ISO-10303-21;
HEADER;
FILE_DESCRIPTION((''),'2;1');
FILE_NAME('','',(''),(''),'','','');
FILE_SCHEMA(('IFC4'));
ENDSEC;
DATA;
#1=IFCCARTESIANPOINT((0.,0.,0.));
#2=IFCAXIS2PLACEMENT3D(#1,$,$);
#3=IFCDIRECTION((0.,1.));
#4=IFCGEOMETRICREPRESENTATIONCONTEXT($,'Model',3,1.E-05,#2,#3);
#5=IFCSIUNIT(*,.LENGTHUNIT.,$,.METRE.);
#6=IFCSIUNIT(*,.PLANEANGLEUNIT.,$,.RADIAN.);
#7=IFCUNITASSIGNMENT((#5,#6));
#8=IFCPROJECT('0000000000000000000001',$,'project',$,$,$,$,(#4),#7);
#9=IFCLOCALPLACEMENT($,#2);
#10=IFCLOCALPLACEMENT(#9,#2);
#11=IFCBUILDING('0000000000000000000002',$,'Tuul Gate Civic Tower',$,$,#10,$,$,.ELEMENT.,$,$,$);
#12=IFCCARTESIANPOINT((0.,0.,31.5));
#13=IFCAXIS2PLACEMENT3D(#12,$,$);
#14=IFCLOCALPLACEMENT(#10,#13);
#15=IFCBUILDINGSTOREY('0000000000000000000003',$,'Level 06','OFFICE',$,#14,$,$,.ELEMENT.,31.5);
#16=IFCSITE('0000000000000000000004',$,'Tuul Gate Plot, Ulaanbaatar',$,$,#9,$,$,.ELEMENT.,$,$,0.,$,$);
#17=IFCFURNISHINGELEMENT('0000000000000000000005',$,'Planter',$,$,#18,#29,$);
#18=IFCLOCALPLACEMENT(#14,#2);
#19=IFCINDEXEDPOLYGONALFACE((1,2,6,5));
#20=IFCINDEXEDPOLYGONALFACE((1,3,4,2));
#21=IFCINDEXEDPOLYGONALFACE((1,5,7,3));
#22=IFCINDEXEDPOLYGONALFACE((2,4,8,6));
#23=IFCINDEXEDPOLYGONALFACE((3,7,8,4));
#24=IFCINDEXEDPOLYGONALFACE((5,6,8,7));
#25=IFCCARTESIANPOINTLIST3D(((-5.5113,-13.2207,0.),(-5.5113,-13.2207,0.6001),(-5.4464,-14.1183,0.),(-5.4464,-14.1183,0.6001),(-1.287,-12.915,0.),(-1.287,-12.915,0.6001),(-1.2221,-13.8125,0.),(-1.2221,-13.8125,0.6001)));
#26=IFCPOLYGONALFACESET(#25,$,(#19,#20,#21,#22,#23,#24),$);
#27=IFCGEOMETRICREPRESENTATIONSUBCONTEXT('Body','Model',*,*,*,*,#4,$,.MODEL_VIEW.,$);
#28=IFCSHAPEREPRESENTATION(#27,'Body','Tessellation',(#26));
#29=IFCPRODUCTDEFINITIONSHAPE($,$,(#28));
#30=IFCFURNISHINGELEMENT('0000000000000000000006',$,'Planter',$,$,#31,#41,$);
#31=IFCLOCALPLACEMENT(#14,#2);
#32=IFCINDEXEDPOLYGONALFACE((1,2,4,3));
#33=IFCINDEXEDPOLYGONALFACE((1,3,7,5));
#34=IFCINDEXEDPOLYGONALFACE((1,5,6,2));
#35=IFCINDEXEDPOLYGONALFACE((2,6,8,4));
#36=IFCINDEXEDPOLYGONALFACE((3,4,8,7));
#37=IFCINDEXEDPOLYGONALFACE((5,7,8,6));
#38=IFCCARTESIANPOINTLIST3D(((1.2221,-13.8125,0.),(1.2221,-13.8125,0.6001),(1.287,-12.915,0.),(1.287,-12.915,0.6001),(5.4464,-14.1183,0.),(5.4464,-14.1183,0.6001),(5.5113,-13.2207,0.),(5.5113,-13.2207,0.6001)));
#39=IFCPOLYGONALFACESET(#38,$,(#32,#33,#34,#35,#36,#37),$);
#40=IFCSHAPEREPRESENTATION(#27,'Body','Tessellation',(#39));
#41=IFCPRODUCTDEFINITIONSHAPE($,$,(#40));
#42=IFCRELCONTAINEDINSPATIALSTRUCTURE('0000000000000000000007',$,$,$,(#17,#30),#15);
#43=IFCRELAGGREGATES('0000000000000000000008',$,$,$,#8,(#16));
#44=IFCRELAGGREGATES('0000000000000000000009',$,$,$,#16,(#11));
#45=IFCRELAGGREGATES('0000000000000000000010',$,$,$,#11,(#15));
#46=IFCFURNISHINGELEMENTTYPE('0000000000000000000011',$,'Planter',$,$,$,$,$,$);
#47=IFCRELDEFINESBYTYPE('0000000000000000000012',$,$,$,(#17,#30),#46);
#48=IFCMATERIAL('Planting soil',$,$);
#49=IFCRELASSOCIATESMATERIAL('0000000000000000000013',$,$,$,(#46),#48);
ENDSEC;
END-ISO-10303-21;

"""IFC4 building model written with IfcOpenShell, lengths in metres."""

from ifc_helpers import new_model, si_unit, direction, frame, origin, origin_2d, place, context, subcontext, project, spatial, rectangle, extrude, material, type_object, element, save


model = new_model("IFC4")

# Units and contexts
model_context = context("Model", 3, precision=1e-05, world=origin(), true_north=direction((0.0, 1.0)))
body_context = subcontext(model_context, "Body", "Model", "MODEL_VIEW")
ifc_project = project(units=[si_unit("LENGTHUNIT", "METRE"), si_unit("PLANEANGLEUNIT", "RADIAN")], contexts=[model_context])

# Site, building, storey
site_placement = place(None, origin())
site = spatial("IfcSite", under=ifc_project, at=site_placement, Name="Tuul Gate Plot, Ulaanbaatar", CompositionType="ELEMENT", RefElevation=0.0)
building_placement = place(site_placement, origin())
building = spatial("IfcBuilding", under=site, at=building_placement, Name="Tuul Gate Civic Tower", CompositionType="ELEMENT")
storey_placement = place(building_placement, frame((0.0, 0.0, 31.5)))
storey = spatial("IfcBuildingStorey", under=building, at=storey_placement, Name="Level 06", Description="OFFICE", CompositionType="ELEMENT", Elevation=31.5)

# Furnishing elements
ifc_material_1 = material(Name="Planting soil")
furnishing_element_type = type_object("IfcFurnishingElementType", Name="Planter", material=ifc_material_1)
for number, where, z_axis, x_axis, name in (
    (1, (-3.3667, -13.5166, 0.0), (0.0, 0.0, 1.0), (0.997391, 0.07219, 0.0), "Planter"),
    (2, (3.3667, -13.5166, 0.0), (0.0, 0.0, 1.0), (0.997391, -0.07219, 0.0), "Planter"),
):
    element("IfcFurnishingElement", number, at=place(storey_placement, frame(where, z_axis=z_axis, x_axis=x_axis)), inside=storey, type_object=furnishing_element_type, Name=name, context=body_context, shape_type="SweptSolid", body=[
        extrude(rectangle(XDim=4.2354, YDim=0.8999, at=origin_2d()), origin(), (0.0, 0.0, 1.0), 0.6001),
    ])

save(model, "model.ifc")
